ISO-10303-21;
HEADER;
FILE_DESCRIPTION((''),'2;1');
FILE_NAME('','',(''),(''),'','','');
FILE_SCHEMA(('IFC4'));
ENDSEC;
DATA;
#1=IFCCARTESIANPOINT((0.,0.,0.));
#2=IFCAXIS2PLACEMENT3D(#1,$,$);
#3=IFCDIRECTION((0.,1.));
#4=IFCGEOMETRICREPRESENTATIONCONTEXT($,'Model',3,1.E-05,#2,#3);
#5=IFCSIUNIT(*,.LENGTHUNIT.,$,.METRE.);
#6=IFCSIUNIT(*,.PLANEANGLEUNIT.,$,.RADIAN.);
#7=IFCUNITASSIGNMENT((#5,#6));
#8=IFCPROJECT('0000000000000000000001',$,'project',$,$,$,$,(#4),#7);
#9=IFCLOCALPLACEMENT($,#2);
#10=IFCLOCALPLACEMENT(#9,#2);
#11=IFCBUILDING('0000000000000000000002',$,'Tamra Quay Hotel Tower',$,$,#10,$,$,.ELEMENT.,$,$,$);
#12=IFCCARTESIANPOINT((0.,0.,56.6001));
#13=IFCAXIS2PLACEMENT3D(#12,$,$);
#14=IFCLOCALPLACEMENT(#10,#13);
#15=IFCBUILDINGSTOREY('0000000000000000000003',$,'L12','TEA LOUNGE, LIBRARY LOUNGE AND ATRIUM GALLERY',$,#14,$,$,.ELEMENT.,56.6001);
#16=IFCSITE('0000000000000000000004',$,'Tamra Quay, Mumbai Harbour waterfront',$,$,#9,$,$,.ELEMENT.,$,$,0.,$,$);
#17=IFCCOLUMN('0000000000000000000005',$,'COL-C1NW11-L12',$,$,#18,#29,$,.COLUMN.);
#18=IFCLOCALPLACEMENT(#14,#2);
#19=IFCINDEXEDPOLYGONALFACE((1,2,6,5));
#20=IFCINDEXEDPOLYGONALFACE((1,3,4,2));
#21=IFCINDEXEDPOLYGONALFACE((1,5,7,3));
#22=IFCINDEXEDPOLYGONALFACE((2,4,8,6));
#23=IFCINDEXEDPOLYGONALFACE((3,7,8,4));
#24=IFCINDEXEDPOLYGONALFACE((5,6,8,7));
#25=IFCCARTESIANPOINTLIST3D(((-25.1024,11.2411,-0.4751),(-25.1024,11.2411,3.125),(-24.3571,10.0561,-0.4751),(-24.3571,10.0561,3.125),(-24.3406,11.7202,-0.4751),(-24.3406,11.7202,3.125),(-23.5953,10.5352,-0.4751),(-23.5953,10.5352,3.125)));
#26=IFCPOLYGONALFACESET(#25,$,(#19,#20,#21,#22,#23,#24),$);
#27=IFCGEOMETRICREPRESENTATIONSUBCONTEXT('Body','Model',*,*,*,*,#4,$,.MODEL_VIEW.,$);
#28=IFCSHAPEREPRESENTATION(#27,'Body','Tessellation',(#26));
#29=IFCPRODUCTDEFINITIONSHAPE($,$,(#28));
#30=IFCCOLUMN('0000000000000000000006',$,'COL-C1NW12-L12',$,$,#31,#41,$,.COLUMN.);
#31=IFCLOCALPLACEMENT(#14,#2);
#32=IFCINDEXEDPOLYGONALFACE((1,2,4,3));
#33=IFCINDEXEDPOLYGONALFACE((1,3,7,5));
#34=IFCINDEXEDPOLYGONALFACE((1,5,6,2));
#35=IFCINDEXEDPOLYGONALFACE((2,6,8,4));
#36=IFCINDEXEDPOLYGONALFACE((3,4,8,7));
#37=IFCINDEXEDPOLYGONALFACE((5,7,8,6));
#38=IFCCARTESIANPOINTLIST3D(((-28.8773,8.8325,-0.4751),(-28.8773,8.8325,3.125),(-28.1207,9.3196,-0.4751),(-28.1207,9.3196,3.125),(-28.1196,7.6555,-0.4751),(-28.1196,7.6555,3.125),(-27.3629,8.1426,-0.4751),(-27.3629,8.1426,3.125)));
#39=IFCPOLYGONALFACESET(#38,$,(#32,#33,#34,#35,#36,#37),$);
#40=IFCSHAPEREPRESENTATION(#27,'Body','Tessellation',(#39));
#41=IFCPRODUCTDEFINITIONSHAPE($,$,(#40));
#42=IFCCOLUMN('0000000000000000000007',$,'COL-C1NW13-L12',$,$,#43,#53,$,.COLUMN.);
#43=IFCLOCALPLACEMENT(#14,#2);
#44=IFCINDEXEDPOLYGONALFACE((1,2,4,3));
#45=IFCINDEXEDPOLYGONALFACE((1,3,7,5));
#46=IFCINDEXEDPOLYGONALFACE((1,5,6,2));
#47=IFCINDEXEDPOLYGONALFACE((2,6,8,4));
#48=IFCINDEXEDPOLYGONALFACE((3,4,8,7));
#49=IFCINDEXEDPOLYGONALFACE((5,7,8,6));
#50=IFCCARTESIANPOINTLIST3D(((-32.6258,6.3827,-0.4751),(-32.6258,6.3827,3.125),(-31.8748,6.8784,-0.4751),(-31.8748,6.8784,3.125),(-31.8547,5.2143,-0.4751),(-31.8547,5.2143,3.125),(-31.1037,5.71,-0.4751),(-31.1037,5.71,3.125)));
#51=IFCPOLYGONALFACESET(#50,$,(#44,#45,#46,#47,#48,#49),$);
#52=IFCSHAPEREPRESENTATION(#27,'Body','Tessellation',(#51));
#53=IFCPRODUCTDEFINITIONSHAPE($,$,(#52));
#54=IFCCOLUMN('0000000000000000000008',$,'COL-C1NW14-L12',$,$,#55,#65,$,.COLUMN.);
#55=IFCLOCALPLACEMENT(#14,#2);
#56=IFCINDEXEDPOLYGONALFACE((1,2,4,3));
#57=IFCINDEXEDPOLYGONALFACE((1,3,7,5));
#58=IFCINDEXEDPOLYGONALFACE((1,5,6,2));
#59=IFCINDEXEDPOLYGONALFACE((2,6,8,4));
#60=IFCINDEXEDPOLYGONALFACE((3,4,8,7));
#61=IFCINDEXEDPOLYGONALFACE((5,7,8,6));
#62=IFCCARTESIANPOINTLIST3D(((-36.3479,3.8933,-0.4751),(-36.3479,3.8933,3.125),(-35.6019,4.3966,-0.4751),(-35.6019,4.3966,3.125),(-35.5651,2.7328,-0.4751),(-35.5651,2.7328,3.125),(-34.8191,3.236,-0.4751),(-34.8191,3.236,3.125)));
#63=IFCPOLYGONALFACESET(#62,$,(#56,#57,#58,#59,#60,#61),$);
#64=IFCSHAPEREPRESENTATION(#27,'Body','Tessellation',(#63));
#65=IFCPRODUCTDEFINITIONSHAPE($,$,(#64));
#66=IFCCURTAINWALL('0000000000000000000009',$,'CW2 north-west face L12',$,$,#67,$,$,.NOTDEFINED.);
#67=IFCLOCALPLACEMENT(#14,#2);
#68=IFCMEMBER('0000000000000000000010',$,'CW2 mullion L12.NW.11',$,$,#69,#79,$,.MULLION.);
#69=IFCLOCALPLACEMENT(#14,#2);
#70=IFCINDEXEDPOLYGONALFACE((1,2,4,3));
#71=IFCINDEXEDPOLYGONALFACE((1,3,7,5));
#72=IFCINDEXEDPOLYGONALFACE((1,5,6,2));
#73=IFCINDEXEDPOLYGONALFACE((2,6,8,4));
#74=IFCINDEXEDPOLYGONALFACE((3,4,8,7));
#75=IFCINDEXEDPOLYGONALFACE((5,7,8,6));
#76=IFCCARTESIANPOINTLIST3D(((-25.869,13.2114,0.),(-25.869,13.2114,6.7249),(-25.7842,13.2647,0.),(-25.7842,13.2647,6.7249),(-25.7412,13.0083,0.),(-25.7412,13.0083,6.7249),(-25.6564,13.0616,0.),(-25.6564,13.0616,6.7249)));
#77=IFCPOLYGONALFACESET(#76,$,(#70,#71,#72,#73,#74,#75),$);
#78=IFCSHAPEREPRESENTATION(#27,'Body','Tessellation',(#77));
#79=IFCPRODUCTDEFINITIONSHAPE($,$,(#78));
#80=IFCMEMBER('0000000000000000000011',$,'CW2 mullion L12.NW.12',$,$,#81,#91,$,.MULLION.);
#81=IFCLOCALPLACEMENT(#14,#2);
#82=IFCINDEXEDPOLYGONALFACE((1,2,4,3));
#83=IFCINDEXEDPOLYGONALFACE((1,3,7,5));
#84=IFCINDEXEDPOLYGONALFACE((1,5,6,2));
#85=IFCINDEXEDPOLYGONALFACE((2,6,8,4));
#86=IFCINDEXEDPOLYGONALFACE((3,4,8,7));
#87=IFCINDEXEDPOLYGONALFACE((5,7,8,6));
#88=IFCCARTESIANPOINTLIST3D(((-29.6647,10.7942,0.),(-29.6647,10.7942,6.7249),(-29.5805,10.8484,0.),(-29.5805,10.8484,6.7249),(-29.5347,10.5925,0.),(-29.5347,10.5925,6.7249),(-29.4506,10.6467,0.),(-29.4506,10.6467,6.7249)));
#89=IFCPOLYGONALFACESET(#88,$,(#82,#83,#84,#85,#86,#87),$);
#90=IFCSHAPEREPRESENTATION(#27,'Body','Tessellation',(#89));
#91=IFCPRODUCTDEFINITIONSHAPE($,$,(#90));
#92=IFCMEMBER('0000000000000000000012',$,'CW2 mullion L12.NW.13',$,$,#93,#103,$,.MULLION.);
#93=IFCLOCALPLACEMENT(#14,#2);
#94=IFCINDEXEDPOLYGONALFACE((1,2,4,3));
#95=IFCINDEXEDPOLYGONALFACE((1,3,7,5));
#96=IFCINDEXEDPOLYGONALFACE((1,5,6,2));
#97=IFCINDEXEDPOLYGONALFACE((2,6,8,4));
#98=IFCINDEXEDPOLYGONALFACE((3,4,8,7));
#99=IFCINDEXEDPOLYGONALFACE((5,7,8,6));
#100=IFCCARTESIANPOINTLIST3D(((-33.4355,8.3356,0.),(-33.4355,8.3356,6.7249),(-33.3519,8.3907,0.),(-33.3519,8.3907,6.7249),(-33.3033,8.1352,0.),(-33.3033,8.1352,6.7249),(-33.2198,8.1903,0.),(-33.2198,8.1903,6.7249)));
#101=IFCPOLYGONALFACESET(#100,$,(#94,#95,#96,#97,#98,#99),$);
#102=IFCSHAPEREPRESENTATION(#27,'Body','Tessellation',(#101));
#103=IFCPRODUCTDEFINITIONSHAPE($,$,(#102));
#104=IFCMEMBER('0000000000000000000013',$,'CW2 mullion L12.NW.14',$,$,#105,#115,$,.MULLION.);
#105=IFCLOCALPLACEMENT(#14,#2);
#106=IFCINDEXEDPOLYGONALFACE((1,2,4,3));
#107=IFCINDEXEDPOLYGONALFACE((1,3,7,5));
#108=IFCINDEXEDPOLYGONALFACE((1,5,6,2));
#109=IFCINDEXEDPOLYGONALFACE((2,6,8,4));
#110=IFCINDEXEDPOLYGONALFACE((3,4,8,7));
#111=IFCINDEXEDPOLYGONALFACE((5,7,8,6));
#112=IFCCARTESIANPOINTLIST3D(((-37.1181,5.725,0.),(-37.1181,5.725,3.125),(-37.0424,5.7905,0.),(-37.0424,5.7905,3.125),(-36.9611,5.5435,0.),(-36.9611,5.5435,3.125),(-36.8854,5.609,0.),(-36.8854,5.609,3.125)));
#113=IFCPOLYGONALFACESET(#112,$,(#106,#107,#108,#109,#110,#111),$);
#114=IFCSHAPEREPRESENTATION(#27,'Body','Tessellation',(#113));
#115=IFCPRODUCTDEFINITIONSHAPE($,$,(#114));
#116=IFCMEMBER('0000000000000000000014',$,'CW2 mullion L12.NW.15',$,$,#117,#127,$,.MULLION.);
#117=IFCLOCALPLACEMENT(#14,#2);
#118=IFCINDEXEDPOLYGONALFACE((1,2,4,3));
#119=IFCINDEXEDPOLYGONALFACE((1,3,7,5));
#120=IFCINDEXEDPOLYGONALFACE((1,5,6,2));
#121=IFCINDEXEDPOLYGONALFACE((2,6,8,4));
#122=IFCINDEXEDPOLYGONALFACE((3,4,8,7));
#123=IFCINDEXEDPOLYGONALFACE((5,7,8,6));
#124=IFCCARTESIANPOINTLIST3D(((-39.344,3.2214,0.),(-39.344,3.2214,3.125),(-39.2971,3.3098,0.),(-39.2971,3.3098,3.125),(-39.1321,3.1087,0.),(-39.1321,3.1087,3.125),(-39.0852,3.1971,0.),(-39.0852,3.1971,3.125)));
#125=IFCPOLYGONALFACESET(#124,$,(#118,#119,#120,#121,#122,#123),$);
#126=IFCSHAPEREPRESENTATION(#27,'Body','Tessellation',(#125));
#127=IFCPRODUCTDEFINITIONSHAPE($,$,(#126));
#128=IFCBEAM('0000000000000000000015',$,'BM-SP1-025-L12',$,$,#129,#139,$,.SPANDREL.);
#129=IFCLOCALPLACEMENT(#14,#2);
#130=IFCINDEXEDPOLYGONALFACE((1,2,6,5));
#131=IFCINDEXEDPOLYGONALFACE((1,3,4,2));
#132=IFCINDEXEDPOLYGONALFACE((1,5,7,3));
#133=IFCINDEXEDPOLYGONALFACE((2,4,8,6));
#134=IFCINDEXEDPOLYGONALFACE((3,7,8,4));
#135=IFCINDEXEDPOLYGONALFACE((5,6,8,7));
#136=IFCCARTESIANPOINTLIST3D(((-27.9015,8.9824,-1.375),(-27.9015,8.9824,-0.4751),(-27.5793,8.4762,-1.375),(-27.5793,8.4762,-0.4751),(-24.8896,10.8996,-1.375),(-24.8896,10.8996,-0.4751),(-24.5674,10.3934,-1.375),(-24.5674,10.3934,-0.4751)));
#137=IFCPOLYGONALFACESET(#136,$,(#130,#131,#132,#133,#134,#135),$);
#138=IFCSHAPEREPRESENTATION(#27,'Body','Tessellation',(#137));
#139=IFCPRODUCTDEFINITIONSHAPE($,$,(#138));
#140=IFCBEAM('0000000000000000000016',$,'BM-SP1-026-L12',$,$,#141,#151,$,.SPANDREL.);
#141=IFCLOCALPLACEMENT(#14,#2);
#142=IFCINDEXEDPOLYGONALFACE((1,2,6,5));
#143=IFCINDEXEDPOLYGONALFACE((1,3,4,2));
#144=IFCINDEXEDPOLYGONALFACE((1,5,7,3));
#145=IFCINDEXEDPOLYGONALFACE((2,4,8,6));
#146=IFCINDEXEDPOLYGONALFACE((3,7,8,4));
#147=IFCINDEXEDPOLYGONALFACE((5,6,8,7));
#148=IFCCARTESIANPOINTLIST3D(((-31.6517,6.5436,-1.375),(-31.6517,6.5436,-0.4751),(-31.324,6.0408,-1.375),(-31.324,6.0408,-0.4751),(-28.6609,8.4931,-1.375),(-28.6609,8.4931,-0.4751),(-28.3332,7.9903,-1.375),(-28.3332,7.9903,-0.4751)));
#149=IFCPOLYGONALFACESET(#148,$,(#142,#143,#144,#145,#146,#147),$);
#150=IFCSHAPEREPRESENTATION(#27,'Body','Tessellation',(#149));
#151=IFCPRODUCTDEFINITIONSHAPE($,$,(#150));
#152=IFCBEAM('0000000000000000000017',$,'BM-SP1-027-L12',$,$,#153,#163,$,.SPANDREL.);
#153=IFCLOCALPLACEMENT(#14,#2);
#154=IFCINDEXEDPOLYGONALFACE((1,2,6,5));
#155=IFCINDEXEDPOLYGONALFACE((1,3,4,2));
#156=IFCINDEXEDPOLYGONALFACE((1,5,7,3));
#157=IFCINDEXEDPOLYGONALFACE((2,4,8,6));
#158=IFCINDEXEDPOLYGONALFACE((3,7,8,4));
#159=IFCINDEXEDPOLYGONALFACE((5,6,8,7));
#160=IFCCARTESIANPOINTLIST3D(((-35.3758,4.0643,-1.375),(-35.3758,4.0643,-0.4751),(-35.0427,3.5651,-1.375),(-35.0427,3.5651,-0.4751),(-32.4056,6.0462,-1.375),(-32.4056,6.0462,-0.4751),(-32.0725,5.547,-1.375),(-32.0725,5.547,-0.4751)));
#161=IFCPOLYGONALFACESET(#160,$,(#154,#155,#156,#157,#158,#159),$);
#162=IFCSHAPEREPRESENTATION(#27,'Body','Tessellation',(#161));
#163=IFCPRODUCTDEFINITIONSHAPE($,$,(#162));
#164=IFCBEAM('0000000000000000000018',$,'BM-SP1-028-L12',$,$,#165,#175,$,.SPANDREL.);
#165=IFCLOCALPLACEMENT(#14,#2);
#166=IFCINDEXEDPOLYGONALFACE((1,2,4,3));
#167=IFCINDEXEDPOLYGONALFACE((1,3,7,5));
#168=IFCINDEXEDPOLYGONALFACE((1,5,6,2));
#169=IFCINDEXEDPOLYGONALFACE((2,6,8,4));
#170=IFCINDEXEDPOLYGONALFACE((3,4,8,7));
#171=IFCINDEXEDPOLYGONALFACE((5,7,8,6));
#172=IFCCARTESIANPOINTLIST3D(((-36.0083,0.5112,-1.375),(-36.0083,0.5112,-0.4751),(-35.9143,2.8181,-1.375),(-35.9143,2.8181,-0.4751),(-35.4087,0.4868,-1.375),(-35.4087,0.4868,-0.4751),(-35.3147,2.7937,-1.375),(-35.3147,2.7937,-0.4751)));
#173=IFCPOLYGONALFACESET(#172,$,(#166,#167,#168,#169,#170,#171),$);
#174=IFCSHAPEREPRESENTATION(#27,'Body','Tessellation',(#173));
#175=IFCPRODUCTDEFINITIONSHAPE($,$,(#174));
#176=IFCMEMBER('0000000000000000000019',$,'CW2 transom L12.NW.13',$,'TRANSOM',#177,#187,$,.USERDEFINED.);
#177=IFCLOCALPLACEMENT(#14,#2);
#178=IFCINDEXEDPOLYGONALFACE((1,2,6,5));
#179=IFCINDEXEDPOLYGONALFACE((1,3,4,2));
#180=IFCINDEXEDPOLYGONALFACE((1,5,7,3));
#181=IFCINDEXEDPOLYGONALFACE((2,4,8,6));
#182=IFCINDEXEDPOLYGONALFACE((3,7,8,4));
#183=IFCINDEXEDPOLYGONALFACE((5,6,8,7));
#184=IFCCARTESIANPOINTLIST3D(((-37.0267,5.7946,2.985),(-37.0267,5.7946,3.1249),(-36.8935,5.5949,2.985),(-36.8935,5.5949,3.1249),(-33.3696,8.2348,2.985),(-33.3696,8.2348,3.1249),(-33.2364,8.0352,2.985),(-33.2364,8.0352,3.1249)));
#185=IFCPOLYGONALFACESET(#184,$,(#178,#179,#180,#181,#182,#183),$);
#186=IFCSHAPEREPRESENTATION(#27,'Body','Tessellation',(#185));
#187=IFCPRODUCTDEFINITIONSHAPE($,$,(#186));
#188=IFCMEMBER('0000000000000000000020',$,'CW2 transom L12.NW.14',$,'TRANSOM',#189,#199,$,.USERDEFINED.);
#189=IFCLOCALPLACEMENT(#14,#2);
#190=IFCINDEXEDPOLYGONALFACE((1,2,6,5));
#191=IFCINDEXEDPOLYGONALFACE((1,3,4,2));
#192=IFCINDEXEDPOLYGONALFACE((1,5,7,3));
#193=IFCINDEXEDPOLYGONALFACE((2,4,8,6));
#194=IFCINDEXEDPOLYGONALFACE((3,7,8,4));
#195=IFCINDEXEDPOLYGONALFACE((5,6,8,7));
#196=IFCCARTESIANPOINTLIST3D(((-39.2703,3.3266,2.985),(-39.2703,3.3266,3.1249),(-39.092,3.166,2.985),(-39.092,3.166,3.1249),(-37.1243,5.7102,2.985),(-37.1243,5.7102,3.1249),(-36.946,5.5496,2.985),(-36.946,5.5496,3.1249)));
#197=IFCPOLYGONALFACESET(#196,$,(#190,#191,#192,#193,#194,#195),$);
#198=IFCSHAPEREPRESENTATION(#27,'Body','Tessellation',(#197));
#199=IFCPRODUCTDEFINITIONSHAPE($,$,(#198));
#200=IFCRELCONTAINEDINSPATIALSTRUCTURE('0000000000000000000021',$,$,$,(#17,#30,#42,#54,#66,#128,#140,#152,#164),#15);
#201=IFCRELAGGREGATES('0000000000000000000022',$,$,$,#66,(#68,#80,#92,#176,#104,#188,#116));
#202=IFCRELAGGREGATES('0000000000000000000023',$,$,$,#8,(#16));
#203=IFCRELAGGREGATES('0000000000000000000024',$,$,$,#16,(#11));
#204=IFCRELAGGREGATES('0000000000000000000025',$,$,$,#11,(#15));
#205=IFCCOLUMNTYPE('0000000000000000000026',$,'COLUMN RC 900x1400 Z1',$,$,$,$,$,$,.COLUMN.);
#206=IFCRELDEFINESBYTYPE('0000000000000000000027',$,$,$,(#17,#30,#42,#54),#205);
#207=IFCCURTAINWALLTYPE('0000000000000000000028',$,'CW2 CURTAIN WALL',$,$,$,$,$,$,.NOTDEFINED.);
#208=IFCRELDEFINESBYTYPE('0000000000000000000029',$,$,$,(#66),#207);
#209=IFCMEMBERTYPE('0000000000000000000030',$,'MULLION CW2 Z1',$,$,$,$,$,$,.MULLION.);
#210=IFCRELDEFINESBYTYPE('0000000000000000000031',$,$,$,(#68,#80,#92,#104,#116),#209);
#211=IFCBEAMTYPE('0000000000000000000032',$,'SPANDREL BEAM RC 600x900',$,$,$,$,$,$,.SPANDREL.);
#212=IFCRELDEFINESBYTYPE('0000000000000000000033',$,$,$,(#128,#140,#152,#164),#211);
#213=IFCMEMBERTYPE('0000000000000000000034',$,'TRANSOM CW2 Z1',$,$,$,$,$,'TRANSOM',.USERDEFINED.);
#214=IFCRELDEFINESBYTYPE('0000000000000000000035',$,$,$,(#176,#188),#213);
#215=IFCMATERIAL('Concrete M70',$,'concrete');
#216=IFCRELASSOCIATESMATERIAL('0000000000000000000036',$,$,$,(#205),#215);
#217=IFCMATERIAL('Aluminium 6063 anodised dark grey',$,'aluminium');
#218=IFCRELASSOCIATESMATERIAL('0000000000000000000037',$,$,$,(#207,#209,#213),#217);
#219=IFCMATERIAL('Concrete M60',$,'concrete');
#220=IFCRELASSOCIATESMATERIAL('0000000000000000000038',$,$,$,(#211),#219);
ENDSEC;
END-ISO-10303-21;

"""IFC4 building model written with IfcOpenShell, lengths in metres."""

from ifc_helpers import new_model, si_unit, direction, frame, origin, origin_2d, place, context, subcontext, project, spatial, rectangle, extrude, material, material_profile, profile_set, type_object, element, aggregate, save


model = new_model("IFC4")

# Units and contexts
model_context = context("Model", 3, precision=1e-05, world=origin(), true_north=direction((0.0, 1.0)))
body_context = subcontext(model_context, "Body", "Model", "MODEL_VIEW")
ifc_project = project(units=[si_unit("LENGTHUNIT", "METRE"), si_unit("PLANEANGLEUNIT", "RADIAN")], contexts=[model_context])

# Site, building, storey
site_placement = place(None, origin())
site = spatial("IfcSite", under=ifc_project, at=site_placement, Name="Tamra Quay, Mumbai Harbour waterfront", CompositionType="ELEMENT", RefElevation=0.0)
building_placement = place(site_placement, origin())
building = spatial("IfcBuilding", under=site, at=building_placement, Name="Tamra Quay Hotel Tower", CompositionType="ELEMENT")
storey_placement = place(building_placement, frame((0.0, 0.0, 56.6001)))
storey = spatial("IfcBuildingStorey", under=building, at=storey_placement, Name="L12", Description="TEA LOUNGE, LIBRARY LOUNGE AND ATRIUM GALLERY", CompositionType="ELEMENT", Elevation=56.6001)

# Columns
ifc_material_1 = material(Name="Concrete M70", Category="concrete")
ifc_material_profile_1 = material_profile(ifc_material_1, rectangle(XDim=1.3999, YDim=0.8999, at=origin_2d()), Name="COLUMN RC 900x1400 Z1")
ifc_profile_set_1 = profile_set([ifc_material_profile_1], Name="Concrete M70")
column_type = type_object("IfcColumnType", Name="COLUMN RC 900x1400 Z1", PredefinedType="COLUMN", material=ifc_profile_set_1)
for number, where, z_axis, x_axis, name in (
    (1, (-24.3489, 10.8882, -0.4751), (0.0, 0.0, 1.0), (-0.532389, 0.8465, 0.0), "COL-C1NW11-L12"),
    (2, (-28.1201, 8.4875, -0.4751), (0.0, 0.0, 1.0), (-0.541283, 0.840841, 0.0), "COL-C1NW12-L12"),
    (3, (-31.8647, 6.0464, -0.4751), (0.0, 0.0, 1.0), (-0.550838, 0.834612, 0.0), "COL-C1NW13-L12"),
    (4, (-35.5835, 3.5647, -0.4751), (0.0, 0.0, 1.0), (-0.55922, 0.829019, 0.0), "COL-C1NW14-L12"),
):
    element("IfcColumn", number, at=place(storey_placement, frame(where, z_axis=z_axis, x_axis=x_axis)), inside=storey, type_object=column_type, Name=name, PredefinedType="COLUMN", context=body_context, shape_type="SweptSolid", body=[
        extrude(rectangle(XDim=1.3999, YDim=0.8999, at=origin_2d()), origin(), (0.0, 0.0, 1.0), 3.6001),
    ])

# Curtain wall, members
ifc_material_2 = material(Name="Aluminium 6063 anodised dark grey", Category="aluminium")
curtain_wall_type = type_object("IfcCurtainWallType", Name="CW2 CURTAIN WALL", PredefinedType="NOTDEFINED", material=ifc_material_2)
curtain_wall_placement = place(storey_placement, origin())
curtain_wall = element("IfcCurtainWall", 5, at=curtain_wall_placement, inside=storey, type_object=curtain_wall_type, Name="CW2 north-west face L12", PredefinedType="NOTDEFINED")
ifc_material_profile_2 = material_profile(ifc_material_2, rectangle(XDim=0.24, YDim=0.1001, at=origin_2d()), Name="MULLION 100X240")
ifc_profile_set_2 = profile_set([ifc_material_profile_2], Name="Aluminium 6063 anodised dark grey")
member_type_1 = type_object("IfcMemberType", Name="MULLION CW2 Z1", PredefinedType="MULLION", material=ifc_profile_set_2)
member_1_placement = place(storey_placement, frame((-25.7627, 13.1365, 0.0), z_axis=(0.0, 0.0, 1.0), x_axis=(-0.532447, 0.846463, 0.0)))
member_1 = element("IfcMember", 6, at=member_1_placement, type_object=member_type_1, Name="CW2 mullion L12.NW.11", PredefinedType="MULLION", context=body_context, shape_type="SweptSolid", body=[
    extrude(rectangle(XDim=0.24, YDim=0.1001, at=origin_2d()), origin(), (0.0, 0.0, 1.0), 6.7249),
])
member_2_placement = place(storey_placement, frame((-29.5576, 10.7205, 0.0), z_axis=(0.0, 0.0, 1.0), x_axis=(-0.541561, 0.840662, 0.0)))
member_2 = element("IfcMember", 7, at=member_2_placement, type_object=member_type_1, Name="CW2 mullion L12.NW.12", PredefinedType="MULLION", context=body_context, shape_type="SweptSolid", body=[
    extrude(rectangle(XDim=0.24, YDim=0.1001, at=origin_2d()), origin(), (0.0, 0.0, 1.0), 6.7249),
])
member_3_placement = place(storey_placement, frame((-33.3276, 8.2629, 0.0), z_axis=(0.0, 0.0, 1.0), x_axis=(-0.550591, 0.834775, 0.0)))
member_3 = element("IfcMember", 8, at=member_3_placement, type_object=member_type_1, Name="CW2 mullion L12.NW.13", PredefinedType="MULLION", context=body_context, shape_type="SweptSolid", body=[
    extrude(rectangle(XDim=0.24, YDim=0.1001, at=origin_2d()), origin(), (0.0, 0.0, 1.0), 6.7249),
])
member_4_placement = place(storey_placement, frame((-37.0017, 5.667, 0.0), z_axis=(0.0, 0.0, 1.0), x_axis=(-0.654197, 0.756324, 0.0)))
member_4 = element("IfcMember", 9, at=member_4_placement, type_object=member_type_1, Name="CW2 mullion L12.NW.14", PredefinedType="MULLION", context=body_context, shape_type="SweptSolid", body=[
    extrude(rectangle(XDim=0.24, YDim=0.1001, at=origin_2d()), origin(), (0.0, 0.0, 1.0), 3.125),
])
member_5_placement = place(storey_placement, frame((-39.2146, 3.2092, 0.0), z_axis=(0.0, 0.0, 1.0), x_axis=(-0.882955, 0.469457, 0.0)))
member_5 = element("IfcMember", 10, at=member_5_placement, type_object=member_type_1, Name="CW2 mullion L12.NW.15", PredefinedType="MULLION", context=body_context, shape_type="SweptSolid", body=[
    extrude(rectangle(XDim=0.24, YDim=0.1001, at=origin_2d()), origin(), (0.0, 0.0, 1.0), 3.125),
])

# Beams
ifc_material_3 = material(Name="Concrete M60", Category="concrete")
ifc_material_profile_3 = material_profile(ifc_material_3, rectangle(XDim=0.6001, YDim=0.8999, at=origin_2d()), Name="SPANDREL BEAM RC 600x900")
ifc_profile_set_3 = profile_set([ifc_material_profile_3], Name="Concrete M60")
beam_type = type_object("IfcBeamType", Name="SPANDREL BEAM RC 600x900", PredefinedType="SPANDREL", material=ifc_profile_set_3)
beam_1_placement = place(storey_placement, frame((-24.7285, 10.6465, -0.925), z_axis=(-0.843594, -0.536982, 0.0), x_axis=(0.536982, -0.843594, 0.0)))
element("IfcBeam", 11, at=beam_1_placement, inside=storey, type_object=beam_type, Name="BM-SP1-025-L12", PredefinedType="SPANDREL", context=body_context, shape_type="SweptSolid", body=[
    extrude(rectangle(XDim=0.6001, YDim=0.8999, at=origin_2d()), origin(), (0.0, 0.0, 1.0), 3.5703),
])
beam_2_placement = place(storey_placement, frame((-28.4971, 8.2417, -0.925), z_axis=(-0.83774, -0.54607, 0.0), x_axis=(0.54607, -0.83774, 0.0)))
element("IfcBeam", 12, at=beam_2_placement, inside=storey, type_object=beam_type, Name="BM-SP1-026-L12", PredefinedType="SPANDREL", context=body_context, shape_type="SweptSolid", body=[
    extrude(rectangle(XDim=0.6001, YDim=0.8999, at=origin_2d()), origin(), (0.0, 0.0, 1.0), 3.5701),
])
beam_3_placement = place(storey_placement, frame((-32.239, 5.7966, -0.925), z_axis=(-0.831819, -0.555047, 0.0), x_axis=(0.555047, -0.831819, 0.0)))
element("IfcBeam", 13, at=beam_3_placement, inside=storey, type_object=beam_type, Name="BM-SP1-027-L12", PredefinedType="SPANDREL", context=body_context, shape_type="SweptSolid", body=[
    extrude(rectangle(XDim=0.6001, YDim=0.8999, at=origin_2d()), origin(), (0.0, 0.0, 1.0), 3.5708),
])
beam_4_placement = place(storey_placement, frame((-35.6145, 2.8059, -0.925), z_axis=(-0.040711, -0.999171, 0.0), x_axis=(0.999171, -0.040711, 0.0)))
element("IfcBeam", 14, at=beam_4_placement, inside=storey, type_object=beam_type, Name="BM-SP1-028-L12", PredefinedType="SPANDREL", context=body_context, shape_type="SweptSolid", body=[
    extrude(rectangle(XDim=0.6001, YDim=0.8999, at=origin_2d()), origin(), (0.0, 0.0, 1.0), 2.3088),
])

# Members
ifc_material_profile_4 = material_profile(ifc_material_2, rectangle(XDim=0.24, YDim=0.1399, at=origin_2d()), Name="TRANSOM 240X140")
ifc_profile_set_4 = profile_set([ifc_material_profile_4], Name="Aluminium 6063 anodised dark grey")
member_type_2 = type_object("IfcMemberType", Name="TRANSOM CW2 Z1", ElementType="TRANSOM", PredefinedType="USERDEFINED", material=ifc_profile_set_4)
member_6_placement = place(storey_placement, frame((-33.303, 8.135, 3.0549), z_axis=(-0.83182, -0.555046, 0.0), x_axis=(0.555046, -0.83182, 0.0)))
member_6 = element("IfcMember", 15, at=member_6_placement, type_object=member_type_2, Name="CW2 transom L12.NW.13", ObjectType="TRANSOM", PredefinedType="USERDEFINED", context=body_context, shape_type="SweptSolid", body=[
    extrude(rectangle(XDim=0.24, YDim=0.1399, at=origin_2d()), origin(), (0.0, 0.0, 1.0), 4.3965),
])
member_7_placement = place(storey_placement, frame((-37.0352, 5.6299, 3.0549), z_axis=(-0.669104, -0.743169, 0.0), x_axis=(0.743169, -0.669104, 0.0)))
member_7 = element("IfcMember", 16, at=member_7_placement, type_object=member_type_2, Name="CW2 transom L12.NW.14", ObjectType="TRANSOM", PredefinedType="USERDEFINED", context=body_context, shape_type="SweptSolid", body=[
    extrude(rectangle(XDim=0.24, YDim=0.1399, at=origin_2d()), origin(), (0.0, 0.0, 1.0), 3.2073),
])

aggregate(curtain_wall, [member_1, member_2, member_3, member_6, member_4, member_7, member_5])

save(model, "model.ifc")
